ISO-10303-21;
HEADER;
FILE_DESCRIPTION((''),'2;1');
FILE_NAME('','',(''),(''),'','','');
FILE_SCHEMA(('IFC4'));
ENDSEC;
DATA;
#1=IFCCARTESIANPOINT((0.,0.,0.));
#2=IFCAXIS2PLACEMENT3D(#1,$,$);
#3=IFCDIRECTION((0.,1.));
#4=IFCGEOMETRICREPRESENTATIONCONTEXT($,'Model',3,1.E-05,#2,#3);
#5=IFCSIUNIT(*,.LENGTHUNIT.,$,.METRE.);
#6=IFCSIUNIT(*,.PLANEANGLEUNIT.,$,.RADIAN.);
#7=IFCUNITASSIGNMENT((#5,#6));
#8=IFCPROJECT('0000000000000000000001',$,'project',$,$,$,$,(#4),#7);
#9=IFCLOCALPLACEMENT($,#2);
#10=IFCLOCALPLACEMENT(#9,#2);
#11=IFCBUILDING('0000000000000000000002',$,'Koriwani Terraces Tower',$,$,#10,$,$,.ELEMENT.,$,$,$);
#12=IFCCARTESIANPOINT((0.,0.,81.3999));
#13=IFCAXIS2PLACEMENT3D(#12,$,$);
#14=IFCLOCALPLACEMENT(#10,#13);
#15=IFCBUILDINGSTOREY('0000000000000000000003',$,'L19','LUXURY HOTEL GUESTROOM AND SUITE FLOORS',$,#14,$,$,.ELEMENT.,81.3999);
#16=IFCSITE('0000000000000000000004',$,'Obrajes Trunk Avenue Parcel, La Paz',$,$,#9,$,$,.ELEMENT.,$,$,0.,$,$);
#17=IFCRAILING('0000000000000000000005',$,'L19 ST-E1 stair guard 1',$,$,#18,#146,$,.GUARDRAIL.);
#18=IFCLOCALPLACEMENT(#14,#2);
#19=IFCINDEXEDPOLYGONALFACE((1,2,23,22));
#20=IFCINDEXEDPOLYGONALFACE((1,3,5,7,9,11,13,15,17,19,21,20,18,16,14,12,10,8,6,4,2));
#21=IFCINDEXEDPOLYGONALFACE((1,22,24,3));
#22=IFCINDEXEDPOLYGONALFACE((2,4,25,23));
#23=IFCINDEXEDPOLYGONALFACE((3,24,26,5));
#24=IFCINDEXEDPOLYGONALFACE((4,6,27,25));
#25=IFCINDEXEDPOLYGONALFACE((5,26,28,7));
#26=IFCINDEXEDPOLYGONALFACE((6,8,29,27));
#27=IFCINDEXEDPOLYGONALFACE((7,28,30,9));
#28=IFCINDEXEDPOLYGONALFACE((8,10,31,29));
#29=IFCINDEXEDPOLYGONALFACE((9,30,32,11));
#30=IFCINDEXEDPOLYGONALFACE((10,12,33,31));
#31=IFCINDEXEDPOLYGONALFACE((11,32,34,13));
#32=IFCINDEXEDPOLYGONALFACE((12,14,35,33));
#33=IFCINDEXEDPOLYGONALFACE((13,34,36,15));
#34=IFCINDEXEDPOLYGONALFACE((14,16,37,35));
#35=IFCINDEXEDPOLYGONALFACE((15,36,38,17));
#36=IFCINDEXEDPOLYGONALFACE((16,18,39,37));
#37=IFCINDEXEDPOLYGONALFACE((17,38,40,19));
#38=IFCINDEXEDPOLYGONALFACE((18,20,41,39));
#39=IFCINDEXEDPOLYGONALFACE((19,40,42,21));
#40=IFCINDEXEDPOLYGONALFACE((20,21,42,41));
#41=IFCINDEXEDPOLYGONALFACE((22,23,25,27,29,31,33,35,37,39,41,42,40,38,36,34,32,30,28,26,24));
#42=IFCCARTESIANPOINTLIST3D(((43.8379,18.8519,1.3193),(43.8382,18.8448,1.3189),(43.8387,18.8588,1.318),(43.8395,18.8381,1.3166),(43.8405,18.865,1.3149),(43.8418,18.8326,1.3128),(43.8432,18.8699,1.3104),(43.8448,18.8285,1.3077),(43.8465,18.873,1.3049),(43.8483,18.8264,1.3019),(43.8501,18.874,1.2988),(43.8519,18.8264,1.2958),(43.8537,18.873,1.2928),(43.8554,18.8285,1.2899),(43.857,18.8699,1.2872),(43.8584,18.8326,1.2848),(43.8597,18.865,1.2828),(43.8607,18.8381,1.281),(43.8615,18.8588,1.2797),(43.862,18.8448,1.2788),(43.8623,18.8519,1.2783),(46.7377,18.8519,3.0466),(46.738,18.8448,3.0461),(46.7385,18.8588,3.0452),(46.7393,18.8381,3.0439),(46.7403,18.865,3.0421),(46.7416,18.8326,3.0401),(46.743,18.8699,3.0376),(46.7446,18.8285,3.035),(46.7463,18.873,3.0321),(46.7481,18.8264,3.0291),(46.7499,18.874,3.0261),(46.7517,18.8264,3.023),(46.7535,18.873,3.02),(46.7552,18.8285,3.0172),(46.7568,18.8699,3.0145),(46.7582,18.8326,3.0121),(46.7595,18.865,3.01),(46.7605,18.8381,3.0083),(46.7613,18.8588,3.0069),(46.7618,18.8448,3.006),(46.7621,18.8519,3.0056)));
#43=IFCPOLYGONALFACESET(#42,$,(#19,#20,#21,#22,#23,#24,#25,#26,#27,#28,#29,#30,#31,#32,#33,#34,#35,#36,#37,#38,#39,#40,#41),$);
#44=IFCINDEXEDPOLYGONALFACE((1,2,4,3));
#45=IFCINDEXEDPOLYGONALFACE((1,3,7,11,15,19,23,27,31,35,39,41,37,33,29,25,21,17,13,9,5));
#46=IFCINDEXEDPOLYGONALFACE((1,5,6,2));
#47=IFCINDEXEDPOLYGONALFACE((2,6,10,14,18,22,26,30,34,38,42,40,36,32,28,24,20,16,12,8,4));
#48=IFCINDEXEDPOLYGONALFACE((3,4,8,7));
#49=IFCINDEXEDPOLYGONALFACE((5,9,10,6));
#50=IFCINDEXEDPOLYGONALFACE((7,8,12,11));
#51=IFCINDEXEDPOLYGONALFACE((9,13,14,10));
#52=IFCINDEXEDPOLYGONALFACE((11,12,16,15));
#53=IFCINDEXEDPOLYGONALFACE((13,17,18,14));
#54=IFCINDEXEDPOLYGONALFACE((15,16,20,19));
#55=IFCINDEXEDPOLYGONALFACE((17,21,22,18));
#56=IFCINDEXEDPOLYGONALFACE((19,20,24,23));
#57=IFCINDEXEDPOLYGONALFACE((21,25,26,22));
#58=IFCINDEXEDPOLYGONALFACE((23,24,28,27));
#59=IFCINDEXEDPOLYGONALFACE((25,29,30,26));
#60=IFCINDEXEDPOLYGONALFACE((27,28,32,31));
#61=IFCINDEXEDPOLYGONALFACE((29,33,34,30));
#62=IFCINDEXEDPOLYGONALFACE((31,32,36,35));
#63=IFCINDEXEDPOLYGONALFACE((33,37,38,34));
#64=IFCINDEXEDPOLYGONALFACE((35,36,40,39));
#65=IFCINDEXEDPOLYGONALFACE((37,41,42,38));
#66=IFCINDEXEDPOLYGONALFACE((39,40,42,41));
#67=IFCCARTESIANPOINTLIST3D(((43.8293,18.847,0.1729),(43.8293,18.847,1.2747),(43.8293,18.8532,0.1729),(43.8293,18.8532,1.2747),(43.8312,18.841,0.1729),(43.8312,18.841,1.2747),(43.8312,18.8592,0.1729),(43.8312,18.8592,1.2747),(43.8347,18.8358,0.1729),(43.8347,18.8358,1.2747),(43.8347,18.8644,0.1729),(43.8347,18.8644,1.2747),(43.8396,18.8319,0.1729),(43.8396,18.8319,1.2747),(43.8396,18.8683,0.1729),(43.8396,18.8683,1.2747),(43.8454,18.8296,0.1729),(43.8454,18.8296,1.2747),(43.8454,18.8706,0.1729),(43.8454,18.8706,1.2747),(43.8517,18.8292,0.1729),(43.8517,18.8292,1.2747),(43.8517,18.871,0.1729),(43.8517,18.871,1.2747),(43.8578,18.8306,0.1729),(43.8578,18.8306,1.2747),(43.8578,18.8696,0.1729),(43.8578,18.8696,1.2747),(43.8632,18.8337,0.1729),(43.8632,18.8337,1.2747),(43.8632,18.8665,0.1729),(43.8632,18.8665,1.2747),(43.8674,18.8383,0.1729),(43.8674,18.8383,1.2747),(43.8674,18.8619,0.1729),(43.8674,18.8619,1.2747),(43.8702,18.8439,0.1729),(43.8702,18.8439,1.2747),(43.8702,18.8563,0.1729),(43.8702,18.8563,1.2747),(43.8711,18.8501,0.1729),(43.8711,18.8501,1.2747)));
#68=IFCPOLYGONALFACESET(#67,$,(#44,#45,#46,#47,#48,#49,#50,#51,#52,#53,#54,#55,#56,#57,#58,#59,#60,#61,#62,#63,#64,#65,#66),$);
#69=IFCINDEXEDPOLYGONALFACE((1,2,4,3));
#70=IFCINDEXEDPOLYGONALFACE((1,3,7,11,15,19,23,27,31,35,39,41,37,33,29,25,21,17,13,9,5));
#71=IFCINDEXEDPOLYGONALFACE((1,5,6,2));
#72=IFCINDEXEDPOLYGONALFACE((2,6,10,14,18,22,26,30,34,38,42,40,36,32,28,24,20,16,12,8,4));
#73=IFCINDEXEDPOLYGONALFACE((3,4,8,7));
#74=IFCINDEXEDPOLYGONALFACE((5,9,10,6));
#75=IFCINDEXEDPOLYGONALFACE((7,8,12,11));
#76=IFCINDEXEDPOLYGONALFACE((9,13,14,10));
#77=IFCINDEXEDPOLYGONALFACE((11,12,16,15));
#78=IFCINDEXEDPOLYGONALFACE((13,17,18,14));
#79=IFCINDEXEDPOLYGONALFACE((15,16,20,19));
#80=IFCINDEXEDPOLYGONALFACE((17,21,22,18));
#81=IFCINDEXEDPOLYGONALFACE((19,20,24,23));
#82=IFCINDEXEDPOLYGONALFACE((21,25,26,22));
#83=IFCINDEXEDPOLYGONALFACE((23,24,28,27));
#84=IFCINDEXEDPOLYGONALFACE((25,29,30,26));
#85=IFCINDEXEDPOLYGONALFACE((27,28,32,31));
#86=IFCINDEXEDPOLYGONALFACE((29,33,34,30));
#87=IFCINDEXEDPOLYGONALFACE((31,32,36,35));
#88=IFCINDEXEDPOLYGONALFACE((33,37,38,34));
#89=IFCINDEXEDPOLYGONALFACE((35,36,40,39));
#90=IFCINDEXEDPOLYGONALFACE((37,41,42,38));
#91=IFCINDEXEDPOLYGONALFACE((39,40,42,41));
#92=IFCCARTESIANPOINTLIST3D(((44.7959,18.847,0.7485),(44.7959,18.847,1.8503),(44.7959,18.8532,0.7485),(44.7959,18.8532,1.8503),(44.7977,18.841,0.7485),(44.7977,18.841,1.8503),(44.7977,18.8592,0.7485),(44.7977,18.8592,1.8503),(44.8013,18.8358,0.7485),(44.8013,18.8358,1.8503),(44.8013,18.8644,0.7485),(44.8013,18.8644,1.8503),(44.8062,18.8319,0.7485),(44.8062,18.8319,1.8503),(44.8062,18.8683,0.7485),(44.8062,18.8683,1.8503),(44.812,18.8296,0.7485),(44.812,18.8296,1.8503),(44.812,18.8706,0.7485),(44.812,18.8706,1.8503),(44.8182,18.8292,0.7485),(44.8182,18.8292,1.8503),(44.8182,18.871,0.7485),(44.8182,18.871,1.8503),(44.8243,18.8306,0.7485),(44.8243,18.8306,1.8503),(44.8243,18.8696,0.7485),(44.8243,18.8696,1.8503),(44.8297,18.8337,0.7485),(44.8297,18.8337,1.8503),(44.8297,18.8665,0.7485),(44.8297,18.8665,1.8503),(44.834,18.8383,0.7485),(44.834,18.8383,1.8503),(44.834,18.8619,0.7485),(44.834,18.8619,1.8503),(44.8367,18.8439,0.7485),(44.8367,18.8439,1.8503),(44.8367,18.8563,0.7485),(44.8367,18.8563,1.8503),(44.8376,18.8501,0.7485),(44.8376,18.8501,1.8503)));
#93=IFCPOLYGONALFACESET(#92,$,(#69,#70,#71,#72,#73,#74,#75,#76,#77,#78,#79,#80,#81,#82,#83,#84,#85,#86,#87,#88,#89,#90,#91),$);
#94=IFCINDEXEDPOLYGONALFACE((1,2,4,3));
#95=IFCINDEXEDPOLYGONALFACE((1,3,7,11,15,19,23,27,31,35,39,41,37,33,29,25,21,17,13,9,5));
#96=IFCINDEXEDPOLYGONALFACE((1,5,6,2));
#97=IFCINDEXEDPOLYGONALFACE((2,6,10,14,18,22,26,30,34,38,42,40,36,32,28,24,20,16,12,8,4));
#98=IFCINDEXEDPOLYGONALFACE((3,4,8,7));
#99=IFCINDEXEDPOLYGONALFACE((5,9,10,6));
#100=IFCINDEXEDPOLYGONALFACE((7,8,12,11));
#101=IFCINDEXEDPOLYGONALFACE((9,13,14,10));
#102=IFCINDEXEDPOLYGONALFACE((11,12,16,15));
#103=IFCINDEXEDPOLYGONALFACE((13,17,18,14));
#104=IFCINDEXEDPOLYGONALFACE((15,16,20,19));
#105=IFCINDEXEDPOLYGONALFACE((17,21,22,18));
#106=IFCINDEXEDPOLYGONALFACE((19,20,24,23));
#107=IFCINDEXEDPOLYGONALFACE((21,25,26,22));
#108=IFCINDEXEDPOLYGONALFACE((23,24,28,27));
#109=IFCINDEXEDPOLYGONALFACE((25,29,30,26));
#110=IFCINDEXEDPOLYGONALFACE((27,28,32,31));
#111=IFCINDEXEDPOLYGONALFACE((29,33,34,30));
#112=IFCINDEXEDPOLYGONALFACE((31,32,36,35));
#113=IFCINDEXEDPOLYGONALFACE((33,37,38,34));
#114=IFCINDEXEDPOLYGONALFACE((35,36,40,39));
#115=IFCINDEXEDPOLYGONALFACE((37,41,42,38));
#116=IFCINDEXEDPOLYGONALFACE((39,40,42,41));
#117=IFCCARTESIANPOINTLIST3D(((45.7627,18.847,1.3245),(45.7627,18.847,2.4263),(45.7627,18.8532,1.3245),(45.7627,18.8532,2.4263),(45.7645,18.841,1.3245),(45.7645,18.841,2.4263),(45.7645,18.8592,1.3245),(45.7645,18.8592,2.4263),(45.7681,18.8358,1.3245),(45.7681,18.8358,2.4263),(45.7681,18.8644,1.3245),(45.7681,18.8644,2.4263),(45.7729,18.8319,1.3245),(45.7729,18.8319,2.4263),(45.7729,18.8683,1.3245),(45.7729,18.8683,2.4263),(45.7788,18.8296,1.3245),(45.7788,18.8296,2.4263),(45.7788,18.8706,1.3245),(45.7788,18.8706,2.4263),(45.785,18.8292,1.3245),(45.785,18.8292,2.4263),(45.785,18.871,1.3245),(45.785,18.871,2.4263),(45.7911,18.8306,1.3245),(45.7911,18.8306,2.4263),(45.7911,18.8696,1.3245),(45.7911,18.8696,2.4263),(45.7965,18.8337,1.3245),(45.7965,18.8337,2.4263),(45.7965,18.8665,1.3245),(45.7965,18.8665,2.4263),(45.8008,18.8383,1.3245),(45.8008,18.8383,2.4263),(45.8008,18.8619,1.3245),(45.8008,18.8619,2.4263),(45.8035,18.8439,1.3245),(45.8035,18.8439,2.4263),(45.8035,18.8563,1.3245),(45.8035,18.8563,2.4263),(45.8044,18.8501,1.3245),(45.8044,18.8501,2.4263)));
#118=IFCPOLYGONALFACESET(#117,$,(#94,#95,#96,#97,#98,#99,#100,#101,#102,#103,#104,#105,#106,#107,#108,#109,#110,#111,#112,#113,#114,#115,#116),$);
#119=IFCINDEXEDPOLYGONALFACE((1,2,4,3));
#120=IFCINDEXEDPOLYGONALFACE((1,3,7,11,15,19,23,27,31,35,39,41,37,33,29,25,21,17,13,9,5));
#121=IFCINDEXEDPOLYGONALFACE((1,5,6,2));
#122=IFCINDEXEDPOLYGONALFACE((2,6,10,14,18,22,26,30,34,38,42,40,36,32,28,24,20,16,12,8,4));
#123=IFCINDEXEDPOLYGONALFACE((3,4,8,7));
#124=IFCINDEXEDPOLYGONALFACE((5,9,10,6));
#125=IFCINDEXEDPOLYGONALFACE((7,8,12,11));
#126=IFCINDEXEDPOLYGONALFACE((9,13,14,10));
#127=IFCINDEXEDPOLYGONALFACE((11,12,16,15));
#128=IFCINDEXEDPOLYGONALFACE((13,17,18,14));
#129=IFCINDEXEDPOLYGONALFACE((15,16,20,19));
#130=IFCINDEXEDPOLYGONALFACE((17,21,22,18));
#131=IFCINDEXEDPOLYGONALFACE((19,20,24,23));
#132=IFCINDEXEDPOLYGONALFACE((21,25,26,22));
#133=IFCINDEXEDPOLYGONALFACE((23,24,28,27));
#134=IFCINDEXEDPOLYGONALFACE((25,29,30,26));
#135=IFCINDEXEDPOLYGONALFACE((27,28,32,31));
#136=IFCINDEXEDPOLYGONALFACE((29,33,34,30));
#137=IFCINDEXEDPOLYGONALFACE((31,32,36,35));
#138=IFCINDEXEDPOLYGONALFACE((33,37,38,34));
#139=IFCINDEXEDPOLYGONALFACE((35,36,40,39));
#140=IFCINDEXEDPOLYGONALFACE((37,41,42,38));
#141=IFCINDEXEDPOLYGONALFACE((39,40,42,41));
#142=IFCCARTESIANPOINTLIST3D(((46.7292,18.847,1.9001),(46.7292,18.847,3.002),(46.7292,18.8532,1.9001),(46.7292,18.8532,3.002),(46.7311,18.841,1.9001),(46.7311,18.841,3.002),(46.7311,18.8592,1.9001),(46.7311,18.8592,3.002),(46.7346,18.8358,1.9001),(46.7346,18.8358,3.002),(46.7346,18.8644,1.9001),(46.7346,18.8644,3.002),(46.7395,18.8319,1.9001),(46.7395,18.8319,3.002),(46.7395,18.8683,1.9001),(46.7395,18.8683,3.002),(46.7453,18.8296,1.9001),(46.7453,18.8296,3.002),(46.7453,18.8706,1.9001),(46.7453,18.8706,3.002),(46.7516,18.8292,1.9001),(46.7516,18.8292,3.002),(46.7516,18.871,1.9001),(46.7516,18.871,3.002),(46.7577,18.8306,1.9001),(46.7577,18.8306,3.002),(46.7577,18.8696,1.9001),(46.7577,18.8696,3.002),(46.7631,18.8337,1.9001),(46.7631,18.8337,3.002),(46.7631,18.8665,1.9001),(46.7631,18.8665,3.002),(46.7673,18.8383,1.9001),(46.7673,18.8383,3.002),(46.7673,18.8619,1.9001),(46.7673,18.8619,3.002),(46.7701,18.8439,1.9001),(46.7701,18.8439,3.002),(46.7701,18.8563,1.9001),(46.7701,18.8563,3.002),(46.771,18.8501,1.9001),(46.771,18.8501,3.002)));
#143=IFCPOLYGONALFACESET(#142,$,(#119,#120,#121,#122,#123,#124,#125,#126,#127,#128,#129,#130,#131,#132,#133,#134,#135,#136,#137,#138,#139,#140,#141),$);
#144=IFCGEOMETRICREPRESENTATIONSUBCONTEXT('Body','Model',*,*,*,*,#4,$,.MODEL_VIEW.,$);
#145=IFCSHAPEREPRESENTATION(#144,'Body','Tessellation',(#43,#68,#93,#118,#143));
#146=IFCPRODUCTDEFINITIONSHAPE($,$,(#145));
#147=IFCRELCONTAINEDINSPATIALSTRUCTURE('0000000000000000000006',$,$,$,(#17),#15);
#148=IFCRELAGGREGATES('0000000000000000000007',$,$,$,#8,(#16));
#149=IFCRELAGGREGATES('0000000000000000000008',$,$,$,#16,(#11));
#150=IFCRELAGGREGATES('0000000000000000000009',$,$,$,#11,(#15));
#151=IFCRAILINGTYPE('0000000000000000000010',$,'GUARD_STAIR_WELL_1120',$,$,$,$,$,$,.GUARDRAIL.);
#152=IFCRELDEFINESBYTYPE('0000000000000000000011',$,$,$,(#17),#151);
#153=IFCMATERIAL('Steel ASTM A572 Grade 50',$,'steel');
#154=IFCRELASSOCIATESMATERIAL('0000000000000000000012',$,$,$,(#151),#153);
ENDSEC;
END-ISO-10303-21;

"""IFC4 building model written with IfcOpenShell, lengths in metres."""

from ifc_helpers import new_model, si_unit, direction, frame, origin, origin_2d, place, context, subcontext, project, spatial, circle, extrude, material, type_object, element, save


model = new_model("IFC4")

# Units and contexts
model_context = context("Model", 3, precision=1e-05, world=origin(), true_north=direction((0.0, 1.0)))
body_context = subcontext(model_context, "Body", "Model", "MODEL_VIEW")
ifc_project = project(units=[si_unit("LENGTHUNIT", "METRE"), si_unit("PLANEANGLEUNIT", "RADIAN")], contexts=[model_context])

# Site, building, storey
site_placement = place(None, origin())
site = spatial("IfcSite", under=ifc_project, at=site_placement, Name="Obrajes Trunk Avenue Parcel, La Paz", CompositionType="ELEMENT", RefElevation=0.0)
building_placement = place(site_placement, origin())
building = spatial("IfcBuilding", under=site, at=building_placement, Name="Koriwani Terraces Tower", CompositionType="ELEMENT")
storey_placement = place(building_placement, frame((0.0, 0.0, 81.3999)))
storey = spatial("IfcBuildingStorey", under=building, at=storey_placement, Name="L19", Description="LUXURY HOTEL GUESTROOM AND SUITE FLOORS", CompositionType="ELEMENT", Elevation=81.3999)

# Shared definitions
ifc_material_1 = material(Name="Steel ASTM A572 Grade 50", Category="steel")

# Railing
railing_type_1 = type_object("IfcRailingType", Name="GUARD_STAIR_WELL_1120", PredefinedType="GUARDRAIL", material=ifc_material_1)
railing_1_placement = place(storey_placement, frame((43.8501, 18.8501, 0.1729)))
element("IfcRailing", 1, at=railing_1_placement, inside=storey, type_object=railing_type_1, Name="L19 ST-E1 stair guard 1", PredefinedType="GUARDRAIL", context=body_context, shape_type="SweptSolid", body=[
    extrude(circle(Radius=0.0239, at=origin_2d()), frame((0.0, 0.0, 1.126), z_axis=(0.859141, 0.0, 0.511738), x_axis=(0.0, 1.0, 0.0)), (0.0, 0.0, 1.0), 3.3752),
    extrude(circle(Radius=0.021, at=origin_2d()), origin(), (0.0, 0.0, 1.0), 1.1018),
    extrude(circle(Radius=0.021, at=origin_2d()), frame((0.9666, 0.0, 0.5757)), (0.0, 0.0, 1.0), 1.1018),
    extrude(circle(Radius=0.021, at=origin_2d()), frame((1.9333, 0.0, 1.1516)), (0.0, 0.0, 1.0), 1.1018),
    extrude(circle(Radius=0.021, at=origin_2d()), frame((2.8999, 0.0, 1.7273)), (0.0, 0.0, 1.0), 1.1018),
])

save(model, "model.ifc")
